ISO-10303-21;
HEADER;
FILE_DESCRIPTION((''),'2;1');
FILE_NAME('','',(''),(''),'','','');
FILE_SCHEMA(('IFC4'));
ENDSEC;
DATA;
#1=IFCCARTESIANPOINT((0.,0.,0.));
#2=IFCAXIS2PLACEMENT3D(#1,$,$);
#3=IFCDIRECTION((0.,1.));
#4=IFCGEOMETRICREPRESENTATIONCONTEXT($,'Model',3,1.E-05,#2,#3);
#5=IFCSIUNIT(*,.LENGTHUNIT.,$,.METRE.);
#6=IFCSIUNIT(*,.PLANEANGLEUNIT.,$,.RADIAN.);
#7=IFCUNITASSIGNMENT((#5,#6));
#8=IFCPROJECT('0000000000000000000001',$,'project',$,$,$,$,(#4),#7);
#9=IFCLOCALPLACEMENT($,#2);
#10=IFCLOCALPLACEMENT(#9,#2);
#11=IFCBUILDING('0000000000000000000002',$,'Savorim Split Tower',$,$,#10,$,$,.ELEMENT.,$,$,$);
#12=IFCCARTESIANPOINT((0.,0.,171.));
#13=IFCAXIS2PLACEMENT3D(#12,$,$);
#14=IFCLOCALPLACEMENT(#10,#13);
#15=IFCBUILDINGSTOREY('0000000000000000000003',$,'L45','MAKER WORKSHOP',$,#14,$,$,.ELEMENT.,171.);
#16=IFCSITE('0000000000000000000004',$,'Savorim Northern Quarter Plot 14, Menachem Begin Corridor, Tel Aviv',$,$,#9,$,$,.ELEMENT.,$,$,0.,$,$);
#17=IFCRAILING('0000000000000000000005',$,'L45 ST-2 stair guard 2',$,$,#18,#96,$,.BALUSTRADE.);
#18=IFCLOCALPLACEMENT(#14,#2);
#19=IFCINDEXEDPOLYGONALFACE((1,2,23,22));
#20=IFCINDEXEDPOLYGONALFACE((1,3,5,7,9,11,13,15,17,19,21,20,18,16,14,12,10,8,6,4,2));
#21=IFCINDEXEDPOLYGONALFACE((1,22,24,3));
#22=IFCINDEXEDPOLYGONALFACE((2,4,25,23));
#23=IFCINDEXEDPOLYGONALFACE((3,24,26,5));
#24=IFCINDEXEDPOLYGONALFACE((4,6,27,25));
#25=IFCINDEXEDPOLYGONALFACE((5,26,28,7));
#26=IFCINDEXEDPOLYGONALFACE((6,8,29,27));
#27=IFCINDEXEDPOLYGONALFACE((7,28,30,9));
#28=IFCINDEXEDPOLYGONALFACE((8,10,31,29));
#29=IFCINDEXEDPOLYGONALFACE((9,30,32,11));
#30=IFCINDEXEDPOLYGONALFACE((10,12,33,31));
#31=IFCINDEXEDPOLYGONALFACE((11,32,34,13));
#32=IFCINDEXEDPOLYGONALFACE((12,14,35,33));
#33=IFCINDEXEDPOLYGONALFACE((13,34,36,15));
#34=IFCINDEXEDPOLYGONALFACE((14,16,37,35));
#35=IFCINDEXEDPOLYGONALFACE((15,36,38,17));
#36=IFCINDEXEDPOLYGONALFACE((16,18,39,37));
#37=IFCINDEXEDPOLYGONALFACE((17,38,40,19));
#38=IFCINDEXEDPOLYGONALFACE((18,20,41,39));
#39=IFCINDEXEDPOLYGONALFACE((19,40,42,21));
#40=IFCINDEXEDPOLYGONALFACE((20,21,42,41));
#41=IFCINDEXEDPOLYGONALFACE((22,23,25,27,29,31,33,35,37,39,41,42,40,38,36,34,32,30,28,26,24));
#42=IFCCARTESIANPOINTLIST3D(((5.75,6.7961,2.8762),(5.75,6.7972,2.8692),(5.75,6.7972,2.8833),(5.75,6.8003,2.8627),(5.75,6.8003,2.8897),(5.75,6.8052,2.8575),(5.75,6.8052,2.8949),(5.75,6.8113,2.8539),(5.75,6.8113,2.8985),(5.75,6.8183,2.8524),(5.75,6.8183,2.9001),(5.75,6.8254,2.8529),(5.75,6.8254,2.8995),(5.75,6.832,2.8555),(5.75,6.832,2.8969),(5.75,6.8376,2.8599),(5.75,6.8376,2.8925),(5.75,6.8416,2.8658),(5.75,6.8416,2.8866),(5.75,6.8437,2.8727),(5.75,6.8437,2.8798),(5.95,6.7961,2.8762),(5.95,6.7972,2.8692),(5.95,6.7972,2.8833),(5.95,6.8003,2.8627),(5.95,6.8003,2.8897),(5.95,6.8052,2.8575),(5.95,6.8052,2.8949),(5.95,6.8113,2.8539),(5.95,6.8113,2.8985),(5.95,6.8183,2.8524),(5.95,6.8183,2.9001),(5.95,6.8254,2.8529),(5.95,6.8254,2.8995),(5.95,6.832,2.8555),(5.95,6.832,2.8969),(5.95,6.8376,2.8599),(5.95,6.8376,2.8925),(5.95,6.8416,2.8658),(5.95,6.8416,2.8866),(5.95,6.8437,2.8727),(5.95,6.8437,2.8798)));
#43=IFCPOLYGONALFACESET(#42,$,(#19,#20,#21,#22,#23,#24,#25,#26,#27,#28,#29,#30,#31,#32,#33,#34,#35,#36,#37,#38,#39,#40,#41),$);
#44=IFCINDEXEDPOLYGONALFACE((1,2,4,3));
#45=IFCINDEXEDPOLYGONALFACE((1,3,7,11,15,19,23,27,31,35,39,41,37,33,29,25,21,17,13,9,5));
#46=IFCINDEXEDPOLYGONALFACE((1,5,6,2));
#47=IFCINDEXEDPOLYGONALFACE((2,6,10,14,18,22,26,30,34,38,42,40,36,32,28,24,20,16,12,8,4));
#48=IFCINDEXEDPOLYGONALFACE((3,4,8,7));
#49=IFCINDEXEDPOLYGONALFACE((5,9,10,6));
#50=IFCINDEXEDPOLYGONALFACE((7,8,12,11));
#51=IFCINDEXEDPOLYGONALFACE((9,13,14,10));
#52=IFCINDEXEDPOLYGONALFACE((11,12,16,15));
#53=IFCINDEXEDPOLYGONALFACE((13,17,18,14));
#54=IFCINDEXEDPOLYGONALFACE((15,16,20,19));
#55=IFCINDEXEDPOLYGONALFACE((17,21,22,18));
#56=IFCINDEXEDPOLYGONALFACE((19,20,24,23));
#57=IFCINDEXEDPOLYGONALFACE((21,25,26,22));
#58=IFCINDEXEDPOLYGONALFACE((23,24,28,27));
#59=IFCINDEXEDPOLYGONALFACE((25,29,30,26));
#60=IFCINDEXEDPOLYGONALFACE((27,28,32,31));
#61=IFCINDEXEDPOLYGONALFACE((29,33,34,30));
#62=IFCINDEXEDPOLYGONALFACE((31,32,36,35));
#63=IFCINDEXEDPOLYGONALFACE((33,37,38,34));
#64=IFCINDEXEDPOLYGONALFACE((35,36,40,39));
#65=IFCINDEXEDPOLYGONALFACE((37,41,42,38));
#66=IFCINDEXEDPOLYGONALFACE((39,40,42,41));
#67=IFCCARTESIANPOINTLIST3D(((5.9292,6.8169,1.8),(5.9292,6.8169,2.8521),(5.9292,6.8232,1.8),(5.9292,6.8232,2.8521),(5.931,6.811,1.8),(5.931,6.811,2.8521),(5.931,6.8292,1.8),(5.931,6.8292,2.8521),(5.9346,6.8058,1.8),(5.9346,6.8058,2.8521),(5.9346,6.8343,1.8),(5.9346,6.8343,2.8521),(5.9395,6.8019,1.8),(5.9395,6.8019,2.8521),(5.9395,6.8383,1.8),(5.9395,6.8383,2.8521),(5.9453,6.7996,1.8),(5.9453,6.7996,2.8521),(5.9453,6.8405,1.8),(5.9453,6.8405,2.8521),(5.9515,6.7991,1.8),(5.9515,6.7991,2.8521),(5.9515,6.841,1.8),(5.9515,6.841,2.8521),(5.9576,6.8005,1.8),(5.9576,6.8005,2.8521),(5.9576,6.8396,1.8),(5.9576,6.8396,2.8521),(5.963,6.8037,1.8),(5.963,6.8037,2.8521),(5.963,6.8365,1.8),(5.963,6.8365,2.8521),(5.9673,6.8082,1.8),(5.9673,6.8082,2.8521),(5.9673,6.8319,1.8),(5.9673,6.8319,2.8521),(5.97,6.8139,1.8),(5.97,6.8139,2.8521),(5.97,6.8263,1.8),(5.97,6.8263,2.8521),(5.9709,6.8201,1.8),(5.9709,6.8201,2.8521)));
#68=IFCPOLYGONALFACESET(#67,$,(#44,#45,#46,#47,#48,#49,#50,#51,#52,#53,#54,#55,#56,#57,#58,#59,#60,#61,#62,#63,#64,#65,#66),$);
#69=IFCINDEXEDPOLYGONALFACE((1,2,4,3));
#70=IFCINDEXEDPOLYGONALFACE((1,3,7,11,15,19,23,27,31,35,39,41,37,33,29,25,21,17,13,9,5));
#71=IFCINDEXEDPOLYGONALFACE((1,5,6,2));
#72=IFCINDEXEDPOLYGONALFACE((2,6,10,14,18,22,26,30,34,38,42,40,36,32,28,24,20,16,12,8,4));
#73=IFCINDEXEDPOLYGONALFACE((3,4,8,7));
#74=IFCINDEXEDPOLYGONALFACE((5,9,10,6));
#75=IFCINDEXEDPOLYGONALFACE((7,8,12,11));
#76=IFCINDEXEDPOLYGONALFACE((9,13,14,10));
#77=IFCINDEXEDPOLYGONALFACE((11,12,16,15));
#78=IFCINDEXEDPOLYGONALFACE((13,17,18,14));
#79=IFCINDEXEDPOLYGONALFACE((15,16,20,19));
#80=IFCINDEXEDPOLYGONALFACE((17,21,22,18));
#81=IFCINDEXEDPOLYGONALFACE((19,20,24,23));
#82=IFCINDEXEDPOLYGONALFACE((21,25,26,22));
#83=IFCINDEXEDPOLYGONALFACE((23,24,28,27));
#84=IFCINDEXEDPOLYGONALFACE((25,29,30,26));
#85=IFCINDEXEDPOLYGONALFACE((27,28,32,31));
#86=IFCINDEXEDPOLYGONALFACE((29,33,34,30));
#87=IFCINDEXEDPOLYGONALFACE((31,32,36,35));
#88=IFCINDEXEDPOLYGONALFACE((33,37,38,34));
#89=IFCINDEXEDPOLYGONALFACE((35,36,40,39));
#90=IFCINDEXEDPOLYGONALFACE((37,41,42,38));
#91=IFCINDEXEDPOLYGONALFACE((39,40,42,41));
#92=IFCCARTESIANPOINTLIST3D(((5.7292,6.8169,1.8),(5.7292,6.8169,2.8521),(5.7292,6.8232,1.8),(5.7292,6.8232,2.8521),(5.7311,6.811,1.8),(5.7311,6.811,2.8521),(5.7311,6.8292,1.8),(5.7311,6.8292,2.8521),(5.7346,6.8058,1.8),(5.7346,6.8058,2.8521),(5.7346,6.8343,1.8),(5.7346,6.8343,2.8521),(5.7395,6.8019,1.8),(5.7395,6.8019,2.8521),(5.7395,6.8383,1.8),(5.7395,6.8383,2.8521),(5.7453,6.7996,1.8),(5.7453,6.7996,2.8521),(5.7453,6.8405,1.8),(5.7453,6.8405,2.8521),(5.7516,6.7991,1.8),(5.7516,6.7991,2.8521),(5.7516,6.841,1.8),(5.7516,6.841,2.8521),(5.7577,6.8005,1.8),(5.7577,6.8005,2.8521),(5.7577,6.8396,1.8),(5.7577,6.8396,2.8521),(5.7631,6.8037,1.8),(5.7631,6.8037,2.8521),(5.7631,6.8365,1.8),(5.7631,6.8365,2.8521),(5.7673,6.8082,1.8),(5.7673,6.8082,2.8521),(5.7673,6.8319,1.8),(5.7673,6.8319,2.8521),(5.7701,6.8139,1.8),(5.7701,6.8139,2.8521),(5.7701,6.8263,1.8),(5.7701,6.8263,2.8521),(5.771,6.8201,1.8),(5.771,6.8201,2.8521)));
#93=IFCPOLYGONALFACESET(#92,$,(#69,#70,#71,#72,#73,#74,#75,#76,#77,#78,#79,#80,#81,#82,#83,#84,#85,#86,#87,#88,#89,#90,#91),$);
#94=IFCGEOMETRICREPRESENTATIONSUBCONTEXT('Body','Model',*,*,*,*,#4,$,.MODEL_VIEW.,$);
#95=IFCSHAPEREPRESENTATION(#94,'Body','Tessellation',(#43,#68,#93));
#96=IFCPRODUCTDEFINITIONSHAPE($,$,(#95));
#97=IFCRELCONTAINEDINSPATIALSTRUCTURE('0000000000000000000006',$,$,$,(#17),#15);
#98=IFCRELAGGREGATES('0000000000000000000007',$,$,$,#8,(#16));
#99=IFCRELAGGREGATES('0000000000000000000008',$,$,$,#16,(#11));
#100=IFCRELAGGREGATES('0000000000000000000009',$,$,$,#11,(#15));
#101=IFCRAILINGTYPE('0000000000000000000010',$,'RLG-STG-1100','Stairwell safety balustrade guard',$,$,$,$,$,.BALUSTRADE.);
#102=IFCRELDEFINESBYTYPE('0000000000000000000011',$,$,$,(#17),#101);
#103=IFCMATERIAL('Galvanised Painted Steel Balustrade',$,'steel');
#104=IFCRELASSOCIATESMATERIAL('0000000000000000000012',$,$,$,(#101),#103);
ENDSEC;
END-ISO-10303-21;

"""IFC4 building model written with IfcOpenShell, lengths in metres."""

from ifc_helpers import new_model, si_unit, direction, frame, origin, origin_2d, place, context, subcontext, project, spatial, circle, extrude, material, type_object, element, save


model = new_model("IFC4")

# Units and contexts
model_context = context("Model", 3, precision=1e-05, world=origin(), true_north=direction((0.0, 1.0)))
body_context = subcontext(model_context, "Body", "Model", "MODEL_VIEW")
ifc_project = project(units=[si_unit("LENGTHUNIT", "METRE"), si_unit("PLANEANGLEUNIT", "RADIAN")], contexts=[model_context])

# Site, building, storey
site_placement = place(None, origin())
site = spatial("IfcSite", under=ifc_project, at=site_placement, Name="Savorim Northern Quarter Plot 14, Menachem Begin Corridor, Tel Aviv", CompositionType="ELEMENT", RefElevation=0.0)
building_placement = place(site_placement, origin())
building = spatial("IfcBuilding", under=site, at=building_placement, Name="Savorim Split Tower", CompositionType="ELEMENT")
storey_placement = place(building_placement, frame((0.0, 0.0, 171.0)))
storey = spatial("IfcBuildingStorey", under=building, at=storey_placement, Name="L45", Description="MAKER WORKSHOP", CompositionType="ELEMENT", Elevation=171.0)

# Railing
ifc_material_1 = material(Name="Galvanised Painted Steel Balustrade", Category="steel")
railing_type_1 = type_object("IfcRailingType", Name="RLG-STG-1100", Description="Stairwell safety balustrade guard", PredefinedType="BALUSTRADE", material=ifc_material_1)
railing_1_placement = place(storey_placement, frame((5.95, 6.8201, 1.8)))
element("IfcRailing", 1, at=railing_1_placement, inside=storey, type_object=railing_type_1, Name="L45 ST-2 stair guard 2", PredefinedType="BALUSTRADE", context=body_context, shape_type="SweptSolid", body=[
    extrude(circle(Radius=0.0239, at=origin_2d()), frame((0.0, 0.0, 1.0762), z_axis=(-1.0, 0.0, 0.0), x_axis=(0.0, -1.0, 0.0)), (0.0, 0.0, 1.0), 0.2),
    extrude(circle(Radius=0.021, at=origin_2d()), origin(), (0.0, 0.0, 1.0), 1.052),
    extrude(circle(Radius=0.021, at=origin_2d()), frame((-0.2, 0.0, 0.0)), (0.0, 0.0, 1.0), 1.052),
])

save(model, "model.ifc")
